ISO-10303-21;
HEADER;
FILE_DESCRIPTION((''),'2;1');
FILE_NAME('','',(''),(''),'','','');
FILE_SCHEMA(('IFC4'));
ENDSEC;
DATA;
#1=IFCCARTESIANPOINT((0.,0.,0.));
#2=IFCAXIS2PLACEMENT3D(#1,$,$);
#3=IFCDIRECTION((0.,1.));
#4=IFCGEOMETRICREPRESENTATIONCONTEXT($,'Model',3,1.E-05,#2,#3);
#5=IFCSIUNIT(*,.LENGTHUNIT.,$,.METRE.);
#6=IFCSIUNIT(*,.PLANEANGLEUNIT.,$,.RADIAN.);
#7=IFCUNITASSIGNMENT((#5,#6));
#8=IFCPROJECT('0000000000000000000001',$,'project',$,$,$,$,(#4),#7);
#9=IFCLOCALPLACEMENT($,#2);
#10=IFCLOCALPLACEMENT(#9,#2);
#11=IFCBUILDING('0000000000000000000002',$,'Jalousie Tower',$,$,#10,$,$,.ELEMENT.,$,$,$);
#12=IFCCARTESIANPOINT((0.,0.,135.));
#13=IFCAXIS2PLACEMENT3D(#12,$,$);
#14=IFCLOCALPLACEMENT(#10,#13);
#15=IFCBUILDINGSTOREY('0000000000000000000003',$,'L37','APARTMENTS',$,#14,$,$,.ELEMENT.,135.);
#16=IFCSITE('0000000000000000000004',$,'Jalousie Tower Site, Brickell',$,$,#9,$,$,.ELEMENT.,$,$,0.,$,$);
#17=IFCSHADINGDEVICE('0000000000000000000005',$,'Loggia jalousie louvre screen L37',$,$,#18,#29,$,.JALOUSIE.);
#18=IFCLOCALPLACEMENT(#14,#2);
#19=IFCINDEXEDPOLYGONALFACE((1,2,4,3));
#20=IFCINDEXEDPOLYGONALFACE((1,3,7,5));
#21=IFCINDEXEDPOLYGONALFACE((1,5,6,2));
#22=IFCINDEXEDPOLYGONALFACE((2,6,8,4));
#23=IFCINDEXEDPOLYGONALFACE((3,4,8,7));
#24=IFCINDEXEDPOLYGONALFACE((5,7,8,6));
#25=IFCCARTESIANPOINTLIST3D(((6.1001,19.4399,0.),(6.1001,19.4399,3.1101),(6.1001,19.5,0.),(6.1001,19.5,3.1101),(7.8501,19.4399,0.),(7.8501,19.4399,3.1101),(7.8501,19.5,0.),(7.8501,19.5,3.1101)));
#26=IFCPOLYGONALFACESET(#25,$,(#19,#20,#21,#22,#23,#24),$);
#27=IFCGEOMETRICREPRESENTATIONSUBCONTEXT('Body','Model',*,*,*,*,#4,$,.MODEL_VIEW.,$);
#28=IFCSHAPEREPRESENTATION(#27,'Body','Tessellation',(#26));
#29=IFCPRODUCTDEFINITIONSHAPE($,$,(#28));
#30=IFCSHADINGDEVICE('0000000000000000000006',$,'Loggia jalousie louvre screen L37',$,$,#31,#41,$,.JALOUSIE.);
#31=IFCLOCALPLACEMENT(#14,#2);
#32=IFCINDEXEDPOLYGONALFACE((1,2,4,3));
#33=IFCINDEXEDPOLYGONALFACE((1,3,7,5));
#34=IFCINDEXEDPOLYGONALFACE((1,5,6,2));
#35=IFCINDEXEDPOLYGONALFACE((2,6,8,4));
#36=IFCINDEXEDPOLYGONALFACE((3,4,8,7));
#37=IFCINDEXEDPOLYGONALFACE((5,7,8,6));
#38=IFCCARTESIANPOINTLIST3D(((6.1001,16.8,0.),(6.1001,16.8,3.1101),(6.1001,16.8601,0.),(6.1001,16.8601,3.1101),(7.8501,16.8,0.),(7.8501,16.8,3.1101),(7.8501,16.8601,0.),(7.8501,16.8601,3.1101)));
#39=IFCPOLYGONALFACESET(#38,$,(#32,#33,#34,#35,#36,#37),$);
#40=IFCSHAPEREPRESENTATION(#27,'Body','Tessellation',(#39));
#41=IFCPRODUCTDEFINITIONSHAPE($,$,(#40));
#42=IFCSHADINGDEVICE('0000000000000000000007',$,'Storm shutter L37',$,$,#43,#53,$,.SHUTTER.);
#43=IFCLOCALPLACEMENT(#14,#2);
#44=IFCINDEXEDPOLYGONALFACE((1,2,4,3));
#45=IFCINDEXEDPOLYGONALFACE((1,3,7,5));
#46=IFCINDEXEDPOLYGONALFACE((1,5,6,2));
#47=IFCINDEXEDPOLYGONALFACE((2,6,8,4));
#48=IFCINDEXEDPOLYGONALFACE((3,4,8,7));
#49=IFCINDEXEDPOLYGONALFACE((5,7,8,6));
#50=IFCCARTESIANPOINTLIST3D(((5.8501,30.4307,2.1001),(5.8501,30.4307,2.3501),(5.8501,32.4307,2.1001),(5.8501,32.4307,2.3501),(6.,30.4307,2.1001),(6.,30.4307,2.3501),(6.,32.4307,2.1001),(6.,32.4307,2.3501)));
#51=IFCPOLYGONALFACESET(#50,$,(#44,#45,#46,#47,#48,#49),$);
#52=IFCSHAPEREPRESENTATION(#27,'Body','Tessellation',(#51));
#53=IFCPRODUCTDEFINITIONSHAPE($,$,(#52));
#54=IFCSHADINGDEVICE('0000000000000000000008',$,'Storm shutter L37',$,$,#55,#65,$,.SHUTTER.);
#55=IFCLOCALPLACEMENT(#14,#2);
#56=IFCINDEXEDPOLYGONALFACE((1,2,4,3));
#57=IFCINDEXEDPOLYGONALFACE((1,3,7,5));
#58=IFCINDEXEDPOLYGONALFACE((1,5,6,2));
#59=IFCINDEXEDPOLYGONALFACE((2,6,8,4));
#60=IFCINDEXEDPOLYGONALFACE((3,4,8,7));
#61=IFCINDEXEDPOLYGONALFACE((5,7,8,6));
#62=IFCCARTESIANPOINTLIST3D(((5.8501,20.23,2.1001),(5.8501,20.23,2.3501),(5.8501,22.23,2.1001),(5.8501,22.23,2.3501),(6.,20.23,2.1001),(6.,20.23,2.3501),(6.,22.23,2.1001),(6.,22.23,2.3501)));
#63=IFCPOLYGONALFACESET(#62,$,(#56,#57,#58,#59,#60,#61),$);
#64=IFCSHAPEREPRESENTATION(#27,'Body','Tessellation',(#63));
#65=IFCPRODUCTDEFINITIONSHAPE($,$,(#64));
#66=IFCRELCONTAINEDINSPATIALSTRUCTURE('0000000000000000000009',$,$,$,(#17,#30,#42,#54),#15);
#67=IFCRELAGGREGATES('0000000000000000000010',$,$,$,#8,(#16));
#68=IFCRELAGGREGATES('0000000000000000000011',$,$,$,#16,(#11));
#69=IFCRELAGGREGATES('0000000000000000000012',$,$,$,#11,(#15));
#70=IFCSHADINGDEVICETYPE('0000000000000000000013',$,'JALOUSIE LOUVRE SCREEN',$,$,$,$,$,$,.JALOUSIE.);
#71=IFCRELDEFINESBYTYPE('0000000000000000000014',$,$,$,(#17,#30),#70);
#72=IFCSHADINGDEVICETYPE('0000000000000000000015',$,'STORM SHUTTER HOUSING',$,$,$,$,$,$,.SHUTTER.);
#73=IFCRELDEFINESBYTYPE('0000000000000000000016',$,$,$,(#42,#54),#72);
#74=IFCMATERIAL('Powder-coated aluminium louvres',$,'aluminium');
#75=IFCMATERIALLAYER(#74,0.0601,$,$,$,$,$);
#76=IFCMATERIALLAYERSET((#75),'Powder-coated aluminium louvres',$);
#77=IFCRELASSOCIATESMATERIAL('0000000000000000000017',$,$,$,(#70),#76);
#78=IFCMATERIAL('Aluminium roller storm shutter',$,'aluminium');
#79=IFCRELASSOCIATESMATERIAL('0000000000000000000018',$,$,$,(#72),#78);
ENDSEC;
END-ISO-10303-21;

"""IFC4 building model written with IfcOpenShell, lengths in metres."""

from ifc_helpers import new_model, si_unit, direction, frame, origin, origin_2d, place, context, subcontext, project, spatial, rectangle, extrude, material, layer, layer_set, type_object, element, save


model = new_model("IFC4")

# Units and contexts
model_context = context("Model", 3, precision=1e-05, world=origin(), true_north=direction((0.0, 1.0)))
body_context = subcontext(model_context, "Body", "Model", "MODEL_VIEW")
ifc_project = project(units=[si_unit("LENGTHUNIT", "METRE"), si_unit("PLANEANGLEUNIT", "RADIAN")], contexts=[model_context])

# Site, building, storey
site_placement = place(None, origin())
site = spatial("IfcSite", under=ifc_project, at=site_placement, Name="Jalousie Tower Site, Brickell", CompositionType="ELEMENT", RefElevation=0.0)
building_placement = place(site_placement, origin())
building = spatial("IfcBuilding", under=site, at=building_placement, Name="Jalousie Tower", CompositionType="ELEMENT")
storey_placement = place(building_placement, frame((0.0, 0.0, 135.0)))
storey = spatial("IfcBuildingStorey", under=building, at=storey_placement, Name="L37", Description="APARTMENTS", CompositionType="ELEMENT", Elevation=135.0)

# Shading devices
ifc_material_1 = material(Name="Powder-coated aluminium louvres", Category="aluminium")
ifc_layer_1 = layer(ifc_material_1, 0.0601)
ifc_layer_set_1 = layer_set([ifc_layer_1], Name="Powder-coated aluminium louvres")
shading_device_type_1 = type_object("IfcShadingDeviceType", Name="JALOUSIE LOUVRE SCREEN", PredefinedType="JALOUSIE", material=ifc_layer_set_1)
for number, where, z_axis, x_axis, name in (
    (1, (6.9751, 19.47, 0.0), (0.0, 0.0, 1.0), (0.0, -1.0, 0.0), "Loggia jalousie louvre screen L37"),
    (2, (6.9751, 16.8301, 0.0), (0.0, 0.0, 1.0), (0.0, -1.0, 0.0), "Loggia jalousie louvre screen L37"),
):
    element("IfcShadingDevice", number, at=place(storey_placement, frame(where, z_axis=z_axis, x_axis=x_axis)), inside=storey, type_object=shading_device_type_1, Name=name, PredefinedType="JALOUSIE", context=body_context, shape_type="SweptSolid", body=[
        extrude(rectangle(XDim=0.0601, YDim=1.75, at=origin_2d()), origin(), (0.0, 0.0, 1.0), 3.1101),
    ])
ifc_material_2 = material(Name="Aluminium roller storm shutter", Category="aluminium")
shading_device_type_2 = type_object("IfcShadingDeviceType", Name="STORM SHUTTER HOUSING", PredefinedType="SHUTTER", material=ifc_material_2)
for number, where, z_axis, x_axis, name in (
    (3, (5.925, 31.4307, 2.1001), (0.0, 0.0, 1.0), (0.0, -1.0, 0.0), "Storm shutter L37"),
    (4, (5.925, 21.23, 2.1001), (0.0, 0.0, 1.0), (0.0, -1.0, 0.0), "Storm shutter L37"),
):
    element("IfcShadingDevice", number, at=place(storey_placement, frame(where, z_axis=z_axis, x_axis=x_axis)), inside=storey, type_object=shading_device_type_2, Name=name, PredefinedType="SHUTTER", context=body_context, shape_type="SweptSolid", body=[
        extrude(rectangle(XDim=2.0, YDim=0.1499, at=origin_2d()), origin(), (0.0, 0.0, 1.0), 0.25),
    ])

save(model, "model.ifc")
